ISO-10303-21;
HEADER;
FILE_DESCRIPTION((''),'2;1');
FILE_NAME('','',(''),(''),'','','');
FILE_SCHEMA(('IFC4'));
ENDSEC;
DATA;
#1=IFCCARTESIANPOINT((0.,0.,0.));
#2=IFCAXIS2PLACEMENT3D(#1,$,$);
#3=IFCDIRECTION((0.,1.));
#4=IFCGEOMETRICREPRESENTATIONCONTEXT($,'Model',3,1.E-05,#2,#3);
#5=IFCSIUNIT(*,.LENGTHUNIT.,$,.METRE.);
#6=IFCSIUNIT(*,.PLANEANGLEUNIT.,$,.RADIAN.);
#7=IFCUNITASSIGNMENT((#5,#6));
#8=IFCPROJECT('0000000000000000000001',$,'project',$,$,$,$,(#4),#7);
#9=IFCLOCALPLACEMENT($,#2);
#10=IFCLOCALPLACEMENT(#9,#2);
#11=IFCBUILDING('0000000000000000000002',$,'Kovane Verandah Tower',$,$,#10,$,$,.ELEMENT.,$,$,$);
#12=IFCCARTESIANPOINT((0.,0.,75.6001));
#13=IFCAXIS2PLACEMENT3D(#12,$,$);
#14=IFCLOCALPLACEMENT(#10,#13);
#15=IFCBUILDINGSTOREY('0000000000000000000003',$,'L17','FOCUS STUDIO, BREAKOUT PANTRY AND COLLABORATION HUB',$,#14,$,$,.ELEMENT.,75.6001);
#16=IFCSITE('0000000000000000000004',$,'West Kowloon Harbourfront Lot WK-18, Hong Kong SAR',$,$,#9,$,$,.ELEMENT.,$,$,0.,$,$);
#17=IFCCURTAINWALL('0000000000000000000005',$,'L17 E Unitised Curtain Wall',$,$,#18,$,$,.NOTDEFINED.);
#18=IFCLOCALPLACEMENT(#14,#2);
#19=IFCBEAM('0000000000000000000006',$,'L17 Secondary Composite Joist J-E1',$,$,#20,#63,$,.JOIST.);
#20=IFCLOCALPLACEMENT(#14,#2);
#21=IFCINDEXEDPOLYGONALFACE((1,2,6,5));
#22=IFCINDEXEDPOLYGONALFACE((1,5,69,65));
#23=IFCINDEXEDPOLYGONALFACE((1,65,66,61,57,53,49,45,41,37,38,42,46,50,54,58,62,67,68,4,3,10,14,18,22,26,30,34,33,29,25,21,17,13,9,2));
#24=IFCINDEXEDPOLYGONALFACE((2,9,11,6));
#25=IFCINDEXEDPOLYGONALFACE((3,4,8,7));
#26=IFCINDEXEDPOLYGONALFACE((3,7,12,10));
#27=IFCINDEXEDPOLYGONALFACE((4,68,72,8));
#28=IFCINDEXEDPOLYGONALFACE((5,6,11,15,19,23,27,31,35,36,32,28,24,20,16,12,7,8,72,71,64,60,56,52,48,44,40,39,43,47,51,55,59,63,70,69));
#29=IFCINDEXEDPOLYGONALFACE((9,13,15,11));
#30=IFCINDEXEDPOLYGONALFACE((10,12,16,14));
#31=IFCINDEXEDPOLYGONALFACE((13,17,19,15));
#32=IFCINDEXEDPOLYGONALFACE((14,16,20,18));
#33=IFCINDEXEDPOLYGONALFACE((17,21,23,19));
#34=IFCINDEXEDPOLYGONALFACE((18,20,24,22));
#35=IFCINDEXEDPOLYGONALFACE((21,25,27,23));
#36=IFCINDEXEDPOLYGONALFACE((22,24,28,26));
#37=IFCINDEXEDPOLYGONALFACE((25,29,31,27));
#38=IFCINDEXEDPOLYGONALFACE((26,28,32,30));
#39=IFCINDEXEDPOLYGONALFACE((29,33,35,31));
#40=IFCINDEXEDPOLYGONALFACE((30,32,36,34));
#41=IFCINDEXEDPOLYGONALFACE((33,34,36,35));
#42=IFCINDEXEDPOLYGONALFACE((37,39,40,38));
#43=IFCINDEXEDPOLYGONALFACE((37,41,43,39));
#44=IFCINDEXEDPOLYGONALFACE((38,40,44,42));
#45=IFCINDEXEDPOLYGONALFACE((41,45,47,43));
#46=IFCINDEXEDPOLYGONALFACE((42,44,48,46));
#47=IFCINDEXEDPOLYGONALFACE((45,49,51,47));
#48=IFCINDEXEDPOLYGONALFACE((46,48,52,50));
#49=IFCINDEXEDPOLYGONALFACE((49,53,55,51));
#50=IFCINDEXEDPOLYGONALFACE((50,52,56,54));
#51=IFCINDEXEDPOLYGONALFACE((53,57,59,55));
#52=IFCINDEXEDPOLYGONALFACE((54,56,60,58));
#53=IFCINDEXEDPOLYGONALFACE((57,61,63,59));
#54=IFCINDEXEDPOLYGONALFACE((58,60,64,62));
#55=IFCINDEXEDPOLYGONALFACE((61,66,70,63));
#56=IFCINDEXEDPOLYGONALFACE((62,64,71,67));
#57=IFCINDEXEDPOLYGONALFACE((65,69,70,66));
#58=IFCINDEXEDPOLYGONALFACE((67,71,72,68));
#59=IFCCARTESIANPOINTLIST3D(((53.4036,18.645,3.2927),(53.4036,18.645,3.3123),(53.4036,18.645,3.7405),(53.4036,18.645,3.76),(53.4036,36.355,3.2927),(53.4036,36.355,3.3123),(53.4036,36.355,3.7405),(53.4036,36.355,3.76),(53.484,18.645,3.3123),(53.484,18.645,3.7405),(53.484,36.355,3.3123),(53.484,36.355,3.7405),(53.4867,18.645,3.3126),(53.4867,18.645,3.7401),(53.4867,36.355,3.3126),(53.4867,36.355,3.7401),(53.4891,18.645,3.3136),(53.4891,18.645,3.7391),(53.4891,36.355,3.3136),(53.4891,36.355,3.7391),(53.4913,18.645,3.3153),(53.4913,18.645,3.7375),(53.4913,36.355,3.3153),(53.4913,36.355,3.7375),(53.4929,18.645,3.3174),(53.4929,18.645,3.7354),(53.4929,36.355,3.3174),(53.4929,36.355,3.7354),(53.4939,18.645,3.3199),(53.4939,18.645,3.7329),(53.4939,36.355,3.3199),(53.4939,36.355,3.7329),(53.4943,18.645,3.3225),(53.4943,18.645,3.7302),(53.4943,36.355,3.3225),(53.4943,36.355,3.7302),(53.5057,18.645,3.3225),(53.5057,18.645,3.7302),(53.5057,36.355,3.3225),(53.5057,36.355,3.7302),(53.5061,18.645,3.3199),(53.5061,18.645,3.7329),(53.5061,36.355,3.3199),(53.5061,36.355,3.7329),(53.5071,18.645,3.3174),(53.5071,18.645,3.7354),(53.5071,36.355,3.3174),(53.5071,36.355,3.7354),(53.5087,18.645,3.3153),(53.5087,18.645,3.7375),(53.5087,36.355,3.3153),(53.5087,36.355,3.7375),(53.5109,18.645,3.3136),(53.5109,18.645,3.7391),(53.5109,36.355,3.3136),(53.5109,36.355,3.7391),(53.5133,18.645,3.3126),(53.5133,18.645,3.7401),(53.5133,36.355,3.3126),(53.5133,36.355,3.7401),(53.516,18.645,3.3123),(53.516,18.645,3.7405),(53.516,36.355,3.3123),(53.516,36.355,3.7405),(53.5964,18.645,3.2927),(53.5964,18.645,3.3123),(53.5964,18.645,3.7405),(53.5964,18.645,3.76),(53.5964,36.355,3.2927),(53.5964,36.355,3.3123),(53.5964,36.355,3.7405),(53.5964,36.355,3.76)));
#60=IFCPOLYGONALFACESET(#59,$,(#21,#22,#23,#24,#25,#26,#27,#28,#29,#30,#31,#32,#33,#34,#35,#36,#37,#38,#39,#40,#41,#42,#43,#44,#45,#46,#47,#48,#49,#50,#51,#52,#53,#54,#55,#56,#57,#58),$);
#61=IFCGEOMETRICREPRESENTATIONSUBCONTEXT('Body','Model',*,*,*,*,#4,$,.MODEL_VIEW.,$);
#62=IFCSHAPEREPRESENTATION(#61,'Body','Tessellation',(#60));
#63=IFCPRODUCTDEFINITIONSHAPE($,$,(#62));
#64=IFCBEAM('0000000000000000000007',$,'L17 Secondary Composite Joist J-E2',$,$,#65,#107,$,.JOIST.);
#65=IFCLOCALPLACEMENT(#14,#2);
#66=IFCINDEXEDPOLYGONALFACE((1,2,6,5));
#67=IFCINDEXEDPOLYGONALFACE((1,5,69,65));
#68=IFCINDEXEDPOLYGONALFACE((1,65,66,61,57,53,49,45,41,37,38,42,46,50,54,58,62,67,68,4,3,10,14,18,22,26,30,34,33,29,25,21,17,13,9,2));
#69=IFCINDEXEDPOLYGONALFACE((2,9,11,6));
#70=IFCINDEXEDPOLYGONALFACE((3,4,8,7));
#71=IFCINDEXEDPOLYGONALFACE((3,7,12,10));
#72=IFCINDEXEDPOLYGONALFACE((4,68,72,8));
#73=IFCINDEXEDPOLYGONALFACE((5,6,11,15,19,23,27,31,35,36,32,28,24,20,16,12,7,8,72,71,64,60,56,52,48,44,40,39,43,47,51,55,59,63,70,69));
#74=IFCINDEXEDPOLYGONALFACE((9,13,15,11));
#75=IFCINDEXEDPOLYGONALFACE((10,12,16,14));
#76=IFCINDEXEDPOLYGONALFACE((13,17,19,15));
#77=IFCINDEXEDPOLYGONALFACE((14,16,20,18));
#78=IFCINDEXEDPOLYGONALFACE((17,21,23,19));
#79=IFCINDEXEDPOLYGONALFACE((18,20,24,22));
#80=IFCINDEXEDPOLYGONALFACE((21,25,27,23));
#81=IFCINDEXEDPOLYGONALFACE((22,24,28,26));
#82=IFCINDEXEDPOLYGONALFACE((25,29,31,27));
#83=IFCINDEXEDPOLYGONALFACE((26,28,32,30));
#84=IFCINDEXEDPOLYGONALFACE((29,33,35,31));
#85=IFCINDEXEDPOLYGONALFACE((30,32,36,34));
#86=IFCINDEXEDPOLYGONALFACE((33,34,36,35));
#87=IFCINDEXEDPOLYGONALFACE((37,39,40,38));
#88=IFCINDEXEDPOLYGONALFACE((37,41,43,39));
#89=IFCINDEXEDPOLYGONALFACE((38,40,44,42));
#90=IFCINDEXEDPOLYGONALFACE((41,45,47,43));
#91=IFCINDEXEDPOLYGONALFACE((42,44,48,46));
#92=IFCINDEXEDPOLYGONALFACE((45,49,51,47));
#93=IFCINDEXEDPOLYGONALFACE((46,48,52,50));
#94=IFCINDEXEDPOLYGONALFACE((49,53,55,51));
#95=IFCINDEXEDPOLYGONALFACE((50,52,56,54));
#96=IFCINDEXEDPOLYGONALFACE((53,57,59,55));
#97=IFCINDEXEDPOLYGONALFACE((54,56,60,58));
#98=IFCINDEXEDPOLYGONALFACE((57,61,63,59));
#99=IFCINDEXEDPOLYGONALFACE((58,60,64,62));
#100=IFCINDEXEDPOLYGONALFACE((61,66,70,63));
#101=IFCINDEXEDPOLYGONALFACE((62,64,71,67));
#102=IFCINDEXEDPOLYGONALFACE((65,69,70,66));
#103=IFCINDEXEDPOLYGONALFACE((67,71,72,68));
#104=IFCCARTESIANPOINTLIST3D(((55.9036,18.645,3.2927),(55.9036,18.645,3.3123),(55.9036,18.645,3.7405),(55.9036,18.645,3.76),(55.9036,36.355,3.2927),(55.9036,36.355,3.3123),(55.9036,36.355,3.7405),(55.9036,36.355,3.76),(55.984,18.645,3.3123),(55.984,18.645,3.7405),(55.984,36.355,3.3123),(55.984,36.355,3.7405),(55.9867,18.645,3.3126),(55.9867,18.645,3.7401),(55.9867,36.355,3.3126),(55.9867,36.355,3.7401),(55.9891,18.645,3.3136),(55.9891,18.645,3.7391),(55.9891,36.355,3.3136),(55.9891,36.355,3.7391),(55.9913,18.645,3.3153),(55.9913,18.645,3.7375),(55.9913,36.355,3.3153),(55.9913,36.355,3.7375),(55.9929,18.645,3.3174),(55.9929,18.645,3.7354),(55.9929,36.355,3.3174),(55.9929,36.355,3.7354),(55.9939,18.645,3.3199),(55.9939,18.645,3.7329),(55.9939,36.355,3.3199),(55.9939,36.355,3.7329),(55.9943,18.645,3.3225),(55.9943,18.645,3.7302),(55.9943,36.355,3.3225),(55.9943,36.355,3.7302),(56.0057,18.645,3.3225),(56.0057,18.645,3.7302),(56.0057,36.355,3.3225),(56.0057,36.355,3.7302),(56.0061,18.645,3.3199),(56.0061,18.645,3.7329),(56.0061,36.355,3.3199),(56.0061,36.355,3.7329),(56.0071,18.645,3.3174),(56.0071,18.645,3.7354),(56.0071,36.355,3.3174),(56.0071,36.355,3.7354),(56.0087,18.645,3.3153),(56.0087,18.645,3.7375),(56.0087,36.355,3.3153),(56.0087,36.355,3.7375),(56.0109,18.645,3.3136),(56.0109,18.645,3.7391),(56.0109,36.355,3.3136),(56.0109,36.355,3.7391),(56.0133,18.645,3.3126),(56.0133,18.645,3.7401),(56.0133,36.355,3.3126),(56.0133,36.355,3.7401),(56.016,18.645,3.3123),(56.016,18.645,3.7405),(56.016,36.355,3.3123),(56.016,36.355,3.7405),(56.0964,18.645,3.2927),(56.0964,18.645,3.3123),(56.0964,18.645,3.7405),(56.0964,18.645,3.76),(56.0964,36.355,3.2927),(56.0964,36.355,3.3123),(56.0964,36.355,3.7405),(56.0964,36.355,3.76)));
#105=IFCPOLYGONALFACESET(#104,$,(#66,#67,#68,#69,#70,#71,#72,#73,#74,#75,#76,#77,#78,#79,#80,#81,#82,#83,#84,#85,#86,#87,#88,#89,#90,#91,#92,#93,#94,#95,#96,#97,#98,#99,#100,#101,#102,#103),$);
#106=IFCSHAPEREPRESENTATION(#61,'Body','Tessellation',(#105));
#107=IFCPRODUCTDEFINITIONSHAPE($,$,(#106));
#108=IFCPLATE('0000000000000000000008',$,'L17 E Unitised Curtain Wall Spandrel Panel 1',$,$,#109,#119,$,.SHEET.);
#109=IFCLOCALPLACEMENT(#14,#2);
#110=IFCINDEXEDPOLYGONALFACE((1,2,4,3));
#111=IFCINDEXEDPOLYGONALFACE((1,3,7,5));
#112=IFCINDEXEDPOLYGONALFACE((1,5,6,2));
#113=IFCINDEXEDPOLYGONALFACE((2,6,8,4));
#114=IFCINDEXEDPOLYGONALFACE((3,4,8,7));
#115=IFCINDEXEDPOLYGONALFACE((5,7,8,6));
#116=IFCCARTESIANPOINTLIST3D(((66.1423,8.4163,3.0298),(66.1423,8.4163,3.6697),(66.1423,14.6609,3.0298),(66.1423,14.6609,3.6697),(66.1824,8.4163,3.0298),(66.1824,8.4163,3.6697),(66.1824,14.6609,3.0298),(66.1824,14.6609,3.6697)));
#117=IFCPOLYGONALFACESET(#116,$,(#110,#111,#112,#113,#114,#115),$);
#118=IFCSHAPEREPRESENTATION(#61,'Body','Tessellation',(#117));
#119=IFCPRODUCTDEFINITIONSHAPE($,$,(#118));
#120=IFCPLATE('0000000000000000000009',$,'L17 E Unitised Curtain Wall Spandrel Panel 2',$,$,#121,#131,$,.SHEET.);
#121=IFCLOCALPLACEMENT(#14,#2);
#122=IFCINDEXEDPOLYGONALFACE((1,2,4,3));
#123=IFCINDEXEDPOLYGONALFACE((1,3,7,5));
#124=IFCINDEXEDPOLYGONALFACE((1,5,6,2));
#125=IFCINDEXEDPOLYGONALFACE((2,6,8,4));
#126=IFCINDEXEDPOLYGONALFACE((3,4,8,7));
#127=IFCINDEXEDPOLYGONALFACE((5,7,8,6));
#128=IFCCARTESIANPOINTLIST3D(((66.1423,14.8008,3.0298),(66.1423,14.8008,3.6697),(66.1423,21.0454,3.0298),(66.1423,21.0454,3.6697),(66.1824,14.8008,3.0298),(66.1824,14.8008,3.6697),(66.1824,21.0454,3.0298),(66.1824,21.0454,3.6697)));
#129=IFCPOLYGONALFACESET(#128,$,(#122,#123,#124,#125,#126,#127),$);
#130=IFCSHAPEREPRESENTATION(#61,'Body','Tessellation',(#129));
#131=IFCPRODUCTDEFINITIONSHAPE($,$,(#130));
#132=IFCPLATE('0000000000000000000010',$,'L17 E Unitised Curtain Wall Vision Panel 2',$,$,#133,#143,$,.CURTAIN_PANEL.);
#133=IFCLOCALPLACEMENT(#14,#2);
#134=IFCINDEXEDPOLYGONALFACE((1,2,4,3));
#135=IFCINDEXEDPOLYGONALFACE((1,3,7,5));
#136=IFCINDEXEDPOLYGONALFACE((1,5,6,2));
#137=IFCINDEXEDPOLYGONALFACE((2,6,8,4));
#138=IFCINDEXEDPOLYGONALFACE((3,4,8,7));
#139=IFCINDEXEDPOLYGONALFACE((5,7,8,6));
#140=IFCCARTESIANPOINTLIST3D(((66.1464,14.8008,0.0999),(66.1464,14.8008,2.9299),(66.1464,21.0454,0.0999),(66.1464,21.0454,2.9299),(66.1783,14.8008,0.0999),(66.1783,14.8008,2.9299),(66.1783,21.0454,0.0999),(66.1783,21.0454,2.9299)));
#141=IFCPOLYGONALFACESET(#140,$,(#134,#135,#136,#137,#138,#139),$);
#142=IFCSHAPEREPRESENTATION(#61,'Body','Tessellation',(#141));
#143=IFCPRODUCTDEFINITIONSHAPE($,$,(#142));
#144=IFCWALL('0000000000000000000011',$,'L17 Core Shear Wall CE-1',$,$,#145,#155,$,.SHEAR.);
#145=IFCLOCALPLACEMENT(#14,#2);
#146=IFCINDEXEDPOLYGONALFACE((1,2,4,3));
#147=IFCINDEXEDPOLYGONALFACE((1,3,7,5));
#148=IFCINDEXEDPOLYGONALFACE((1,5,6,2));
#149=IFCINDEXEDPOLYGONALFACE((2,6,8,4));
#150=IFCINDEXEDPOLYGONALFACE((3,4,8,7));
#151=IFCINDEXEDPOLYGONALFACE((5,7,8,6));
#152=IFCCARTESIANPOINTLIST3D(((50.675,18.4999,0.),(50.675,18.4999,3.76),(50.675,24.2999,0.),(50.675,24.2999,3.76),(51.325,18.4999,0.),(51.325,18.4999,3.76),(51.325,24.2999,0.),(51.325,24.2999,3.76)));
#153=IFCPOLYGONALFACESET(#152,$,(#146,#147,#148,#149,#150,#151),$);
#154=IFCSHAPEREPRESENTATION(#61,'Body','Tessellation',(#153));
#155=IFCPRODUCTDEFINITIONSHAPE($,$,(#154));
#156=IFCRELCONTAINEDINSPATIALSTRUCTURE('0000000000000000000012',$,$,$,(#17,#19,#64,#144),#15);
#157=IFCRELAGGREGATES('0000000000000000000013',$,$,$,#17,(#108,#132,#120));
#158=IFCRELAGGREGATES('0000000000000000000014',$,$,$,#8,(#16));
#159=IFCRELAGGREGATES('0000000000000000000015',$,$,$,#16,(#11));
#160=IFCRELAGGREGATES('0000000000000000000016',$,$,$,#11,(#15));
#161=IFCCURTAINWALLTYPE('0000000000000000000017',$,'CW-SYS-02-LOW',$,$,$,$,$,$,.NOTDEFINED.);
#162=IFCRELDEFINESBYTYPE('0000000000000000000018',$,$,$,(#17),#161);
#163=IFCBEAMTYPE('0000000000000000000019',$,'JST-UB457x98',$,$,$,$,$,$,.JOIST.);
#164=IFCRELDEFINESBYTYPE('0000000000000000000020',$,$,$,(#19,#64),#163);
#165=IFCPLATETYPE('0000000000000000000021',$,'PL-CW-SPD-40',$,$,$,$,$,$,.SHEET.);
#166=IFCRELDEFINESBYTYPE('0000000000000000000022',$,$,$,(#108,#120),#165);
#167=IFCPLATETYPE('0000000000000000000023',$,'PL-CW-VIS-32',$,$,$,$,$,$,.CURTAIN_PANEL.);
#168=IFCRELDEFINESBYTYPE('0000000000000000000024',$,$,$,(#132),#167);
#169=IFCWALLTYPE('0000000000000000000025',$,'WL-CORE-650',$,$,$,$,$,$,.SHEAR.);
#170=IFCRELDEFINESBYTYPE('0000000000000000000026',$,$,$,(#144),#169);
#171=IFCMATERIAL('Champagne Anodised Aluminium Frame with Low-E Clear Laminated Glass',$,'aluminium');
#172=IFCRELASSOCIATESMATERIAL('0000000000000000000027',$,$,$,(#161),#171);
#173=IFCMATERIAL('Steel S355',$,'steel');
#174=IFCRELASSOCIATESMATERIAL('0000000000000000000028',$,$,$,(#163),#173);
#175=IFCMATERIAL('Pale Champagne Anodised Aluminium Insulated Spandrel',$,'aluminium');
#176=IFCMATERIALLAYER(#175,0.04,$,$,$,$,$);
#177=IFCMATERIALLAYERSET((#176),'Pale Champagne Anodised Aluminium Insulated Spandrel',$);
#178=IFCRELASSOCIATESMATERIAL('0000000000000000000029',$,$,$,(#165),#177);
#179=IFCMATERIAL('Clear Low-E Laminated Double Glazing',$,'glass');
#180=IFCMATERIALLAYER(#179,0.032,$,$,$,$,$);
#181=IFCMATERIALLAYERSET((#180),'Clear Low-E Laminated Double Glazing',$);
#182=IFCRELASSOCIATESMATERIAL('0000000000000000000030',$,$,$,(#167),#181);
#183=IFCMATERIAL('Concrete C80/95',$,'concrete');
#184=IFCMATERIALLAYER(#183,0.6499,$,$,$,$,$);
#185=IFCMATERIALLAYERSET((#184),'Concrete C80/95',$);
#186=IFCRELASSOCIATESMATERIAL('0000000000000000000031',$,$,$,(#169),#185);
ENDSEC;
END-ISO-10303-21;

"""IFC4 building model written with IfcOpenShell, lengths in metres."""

from ifc_helpers import new_model, si_unit, direction, frame, frame_2d, origin, origin_2d, place, context, subcontext, project, spatial, rectangle, i_section, extrude, material, layer, layer_set, material_profile, profile_set, type_object, element, aggregate, save


model = new_model("IFC4")

# Units and contexts
model_context = context("Model", 3, precision=1e-05, world=origin(), true_north=direction((0.0, 1.0)))
body_context = subcontext(model_context, "Body", "Model", "MODEL_VIEW")
ifc_project = project(units=[si_unit("LENGTHUNIT", "METRE"), si_unit("PLANEANGLEUNIT", "RADIAN")], contexts=[model_context])

# Site, building, storey
site_placement = place(None, origin())
site = spatial("IfcSite", under=ifc_project, at=site_placement, Name="West Kowloon Harbourfront Lot WK-18, Hong Kong SAR", CompositionType="ELEMENT", RefElevation=0.0)
building_placement = place(site_placement, origin())
building = spatial("IfcBuilding", under=site, at=building_placement, Name="Kovane Verandah Tower", CompositionType="ELEMENT")
storey_placement = place(building_placement, frame((0.0, 0.0, 75.6001)))
storey = spatial("IfcBuildingStorey", under=building, at=storey_placement, Name="L17", Description="FOCUS STUDIO, BREAKOUT PANTRY AND COLLABORATION HUB", CompositionType="ELEMENT", Elevation=75.6001)

# Shared definitions
ifc_material_1 = material(Name="Concrete C80/95", Category="concrete")

# Shared definitions
ifc_material_2 = material(Name="Steel S355", Category="steel")

# Curtain wall
ifc_material_3 = material(Name="Champagne Anodised Aluminium Frame with Low-E Clear Laminated Glass", Category="aluminium")
curtain_wall_type = type_object("IfcCurtainWallType", Name="CW-SYS-02-LOW", PredefinedType="NOTDEFINED", material=ifc_material_3)
curtain_wall_placement = place(storey_placement, origin())
curtain_wall = element("IfcCurtainWall", 1, at=curtain_wall_placement, inside=storey, type_object=curtain_wall_type, Name="L17 E Unitised Curtain Wall", PredefinedType="NOTDEFINED")

# Beams
ifc_material_profile_1 = material_profile(ifc_material_2, i_section(OverallWidth=0.1929, OverallDepth=0.4673, WebThickness=0.0115, FlangeThickness=0.0195, FilletRadius=0.0103, at=origin_2d()), Name="UB457x191x98")
ifc_profile_set_1 = profile_set([ifc_material_profile_1], Name="Steel S355")
beam_type_1 = type_object("IfcBeamType", Name="JST-UB457x98", PredefinedType="JOIST", material=ifc_profile_set_1)
for number, where, z_axis, x_axis, name in (
    (2, (53.5, 18.645, 3.5264), (0.0, 1.0, 0.0), (-1.0, 0.0, 0.0), "L17 Secondary Composite Joist J-E1"),
    (3, (56.0, 18.645, 3.5264), (0.0, 1.0, 0.0), (-1.0, 0.0, 0.0), "L17 Secondary Composite Joist J-E2"),
):
    element("IfcBeam", number, at=place(storey_placement, frame(where, z_axis=z_axis, x_axis=x_axis)), inside=storey, type_object=beam_type_1, Name=name, PredefinedType="JOIST", context=body_context, shape_type="SweptSolid", body=[
        extrude(i_section(OverallWidth=0.1929, OverallDepth=0.4673, WebThickness=0.0115, FlangeThickness=0.0195, FilletRadius=0.0103, at=origin_2d()), origin(), (0.0, 0.0, 1.0), 17.71),
    ])

# Plates
ifc_material_4 = material(Name="Pale Champagne Anodised Aluminium Insulated Spandrel", Category="aluminium")
ifc_layer_1 = layer(ifc_material_4, 0.04)
ifc_layer_set_1 = layer_set([ifc_layer_1], Name="Pale Champagne Anodised Aluminium Insulated Spandrel")
plate_type_1 = type_object("IfcPlateType", Name="PL-CW-SPD-40", PredefinedType="SHEET", material=ifc_layer_set_1)
plate_1_placement = place(storey_placement, frame((66.1624, 11.5386, 3.0298), z_axis=(0.0, 0.0, 1.0), x_axis=(0.0, 1.0, 0.0)))
plate_1 = element("IfcPlate", 4, at=plate_1_placement, type_object=plate_type_1, Name="L17 E Unitised Curtain Wall Spandrel Panel 1", PredefinedType="SHEET", context=body_context, shape_type="SweptSolid", body=[
    extrude(rectangle(XDim=6.2446, YDim=0.04, at=origin_2d()), origin(), (0.0, 0.0, 1.0), 0.6399),
])
plate_2_placement = place(storey_placement, frame((66.1624, 17.9231, 3.0298), z_axis=(0.0, 0.0, 1.0), x_axis=(0.0, 1.0, 0.0)))
plate_2 = element("IfcPlate", 5, at=plate_2_placement, type_object=plate_type_1, Name="L17 E Unitised Curtain Wall Spandrel Panel 2", PredefinedType="SHEET", context=body_context, shape_type="SweptSolid", body=[
    extrude(rectangle(XDim=6.2446, YDim=0.04, at=origin_2d()), origin(), (0.0, 0.0, 1.0), 0.6399),
])
ifc_material_5 = material(Name="Clear Low-E Laminated Double Glazing", Category="glass")
ifc_layer_2 = layer(ifc_material_5, 0.032)
ifc_layer_set_2 = layer_set([ifc_layer_2], Name="Clear Low-E Laminated Double Glazing")
plate_type_2 = type_object("IfcPlateType", Name="PL-CW-VIS-32", PredefinedType="CURTAIN_PANEL", material=ifc_layer_set_2)
plate_3_placement = place(storey_placement, frame((66.1624, 17.9231, 0.0999), z_axis=(0.0, 0.0, 1.0), x_axis=(0.0, 1.0, 0.0)))
plate_3 = element("IfcPlate", 6, at=plate_3_placement, type_object=plate_type_2, Name="L17 E Unitised Curtain Wall Vision Panel 2", PredefinedType="CURTAIN_PANEL", context=body_context, shape_type="SweptSolid", body=[
    extrude(rectangle(XDim=6.2446, YDim=0.032, at=origin_2d()), origin(), (0.0, 0.0, 1.0), 2.8301),
])
aggregate(curtain_wall, [plate_1, plate_3, plate_2])

# Wall
ifc_layer_3 = layer(ifc_material_1, 0.6499)
ifc_layer_set_3 = layer_set([ifc_layer_3], Name="Concrete C80/95")
wall_type_1 = type_object("IfcWallType", Name="WL-CORE-650", PredefinedType="SHEAR", material=ifc_layer_set_3)
wall_1_placement = place(storey_placement, frame((51.0, 18.5, 0.0), z_axis=(0.0, 0.0, 1.0), x_axis=(0.0, 1.0, 0.0)))
element("IfcWall", 7, at=wall_1_placement, inside=storey, type_object=wall_type_1, Name="L17 Core Shear Wall CE-1", PredefinedType="SHEAR", context=body_context, shape_type="SweptSolid", body=[
    extrude(rectangle(XDim=5.8, YDim=0.6499, at=frame_2d((2.8999, 0.0))), origin(), (0.0, 0.0, 1.0), 3.76),
])

save(model, "model.ifc")
